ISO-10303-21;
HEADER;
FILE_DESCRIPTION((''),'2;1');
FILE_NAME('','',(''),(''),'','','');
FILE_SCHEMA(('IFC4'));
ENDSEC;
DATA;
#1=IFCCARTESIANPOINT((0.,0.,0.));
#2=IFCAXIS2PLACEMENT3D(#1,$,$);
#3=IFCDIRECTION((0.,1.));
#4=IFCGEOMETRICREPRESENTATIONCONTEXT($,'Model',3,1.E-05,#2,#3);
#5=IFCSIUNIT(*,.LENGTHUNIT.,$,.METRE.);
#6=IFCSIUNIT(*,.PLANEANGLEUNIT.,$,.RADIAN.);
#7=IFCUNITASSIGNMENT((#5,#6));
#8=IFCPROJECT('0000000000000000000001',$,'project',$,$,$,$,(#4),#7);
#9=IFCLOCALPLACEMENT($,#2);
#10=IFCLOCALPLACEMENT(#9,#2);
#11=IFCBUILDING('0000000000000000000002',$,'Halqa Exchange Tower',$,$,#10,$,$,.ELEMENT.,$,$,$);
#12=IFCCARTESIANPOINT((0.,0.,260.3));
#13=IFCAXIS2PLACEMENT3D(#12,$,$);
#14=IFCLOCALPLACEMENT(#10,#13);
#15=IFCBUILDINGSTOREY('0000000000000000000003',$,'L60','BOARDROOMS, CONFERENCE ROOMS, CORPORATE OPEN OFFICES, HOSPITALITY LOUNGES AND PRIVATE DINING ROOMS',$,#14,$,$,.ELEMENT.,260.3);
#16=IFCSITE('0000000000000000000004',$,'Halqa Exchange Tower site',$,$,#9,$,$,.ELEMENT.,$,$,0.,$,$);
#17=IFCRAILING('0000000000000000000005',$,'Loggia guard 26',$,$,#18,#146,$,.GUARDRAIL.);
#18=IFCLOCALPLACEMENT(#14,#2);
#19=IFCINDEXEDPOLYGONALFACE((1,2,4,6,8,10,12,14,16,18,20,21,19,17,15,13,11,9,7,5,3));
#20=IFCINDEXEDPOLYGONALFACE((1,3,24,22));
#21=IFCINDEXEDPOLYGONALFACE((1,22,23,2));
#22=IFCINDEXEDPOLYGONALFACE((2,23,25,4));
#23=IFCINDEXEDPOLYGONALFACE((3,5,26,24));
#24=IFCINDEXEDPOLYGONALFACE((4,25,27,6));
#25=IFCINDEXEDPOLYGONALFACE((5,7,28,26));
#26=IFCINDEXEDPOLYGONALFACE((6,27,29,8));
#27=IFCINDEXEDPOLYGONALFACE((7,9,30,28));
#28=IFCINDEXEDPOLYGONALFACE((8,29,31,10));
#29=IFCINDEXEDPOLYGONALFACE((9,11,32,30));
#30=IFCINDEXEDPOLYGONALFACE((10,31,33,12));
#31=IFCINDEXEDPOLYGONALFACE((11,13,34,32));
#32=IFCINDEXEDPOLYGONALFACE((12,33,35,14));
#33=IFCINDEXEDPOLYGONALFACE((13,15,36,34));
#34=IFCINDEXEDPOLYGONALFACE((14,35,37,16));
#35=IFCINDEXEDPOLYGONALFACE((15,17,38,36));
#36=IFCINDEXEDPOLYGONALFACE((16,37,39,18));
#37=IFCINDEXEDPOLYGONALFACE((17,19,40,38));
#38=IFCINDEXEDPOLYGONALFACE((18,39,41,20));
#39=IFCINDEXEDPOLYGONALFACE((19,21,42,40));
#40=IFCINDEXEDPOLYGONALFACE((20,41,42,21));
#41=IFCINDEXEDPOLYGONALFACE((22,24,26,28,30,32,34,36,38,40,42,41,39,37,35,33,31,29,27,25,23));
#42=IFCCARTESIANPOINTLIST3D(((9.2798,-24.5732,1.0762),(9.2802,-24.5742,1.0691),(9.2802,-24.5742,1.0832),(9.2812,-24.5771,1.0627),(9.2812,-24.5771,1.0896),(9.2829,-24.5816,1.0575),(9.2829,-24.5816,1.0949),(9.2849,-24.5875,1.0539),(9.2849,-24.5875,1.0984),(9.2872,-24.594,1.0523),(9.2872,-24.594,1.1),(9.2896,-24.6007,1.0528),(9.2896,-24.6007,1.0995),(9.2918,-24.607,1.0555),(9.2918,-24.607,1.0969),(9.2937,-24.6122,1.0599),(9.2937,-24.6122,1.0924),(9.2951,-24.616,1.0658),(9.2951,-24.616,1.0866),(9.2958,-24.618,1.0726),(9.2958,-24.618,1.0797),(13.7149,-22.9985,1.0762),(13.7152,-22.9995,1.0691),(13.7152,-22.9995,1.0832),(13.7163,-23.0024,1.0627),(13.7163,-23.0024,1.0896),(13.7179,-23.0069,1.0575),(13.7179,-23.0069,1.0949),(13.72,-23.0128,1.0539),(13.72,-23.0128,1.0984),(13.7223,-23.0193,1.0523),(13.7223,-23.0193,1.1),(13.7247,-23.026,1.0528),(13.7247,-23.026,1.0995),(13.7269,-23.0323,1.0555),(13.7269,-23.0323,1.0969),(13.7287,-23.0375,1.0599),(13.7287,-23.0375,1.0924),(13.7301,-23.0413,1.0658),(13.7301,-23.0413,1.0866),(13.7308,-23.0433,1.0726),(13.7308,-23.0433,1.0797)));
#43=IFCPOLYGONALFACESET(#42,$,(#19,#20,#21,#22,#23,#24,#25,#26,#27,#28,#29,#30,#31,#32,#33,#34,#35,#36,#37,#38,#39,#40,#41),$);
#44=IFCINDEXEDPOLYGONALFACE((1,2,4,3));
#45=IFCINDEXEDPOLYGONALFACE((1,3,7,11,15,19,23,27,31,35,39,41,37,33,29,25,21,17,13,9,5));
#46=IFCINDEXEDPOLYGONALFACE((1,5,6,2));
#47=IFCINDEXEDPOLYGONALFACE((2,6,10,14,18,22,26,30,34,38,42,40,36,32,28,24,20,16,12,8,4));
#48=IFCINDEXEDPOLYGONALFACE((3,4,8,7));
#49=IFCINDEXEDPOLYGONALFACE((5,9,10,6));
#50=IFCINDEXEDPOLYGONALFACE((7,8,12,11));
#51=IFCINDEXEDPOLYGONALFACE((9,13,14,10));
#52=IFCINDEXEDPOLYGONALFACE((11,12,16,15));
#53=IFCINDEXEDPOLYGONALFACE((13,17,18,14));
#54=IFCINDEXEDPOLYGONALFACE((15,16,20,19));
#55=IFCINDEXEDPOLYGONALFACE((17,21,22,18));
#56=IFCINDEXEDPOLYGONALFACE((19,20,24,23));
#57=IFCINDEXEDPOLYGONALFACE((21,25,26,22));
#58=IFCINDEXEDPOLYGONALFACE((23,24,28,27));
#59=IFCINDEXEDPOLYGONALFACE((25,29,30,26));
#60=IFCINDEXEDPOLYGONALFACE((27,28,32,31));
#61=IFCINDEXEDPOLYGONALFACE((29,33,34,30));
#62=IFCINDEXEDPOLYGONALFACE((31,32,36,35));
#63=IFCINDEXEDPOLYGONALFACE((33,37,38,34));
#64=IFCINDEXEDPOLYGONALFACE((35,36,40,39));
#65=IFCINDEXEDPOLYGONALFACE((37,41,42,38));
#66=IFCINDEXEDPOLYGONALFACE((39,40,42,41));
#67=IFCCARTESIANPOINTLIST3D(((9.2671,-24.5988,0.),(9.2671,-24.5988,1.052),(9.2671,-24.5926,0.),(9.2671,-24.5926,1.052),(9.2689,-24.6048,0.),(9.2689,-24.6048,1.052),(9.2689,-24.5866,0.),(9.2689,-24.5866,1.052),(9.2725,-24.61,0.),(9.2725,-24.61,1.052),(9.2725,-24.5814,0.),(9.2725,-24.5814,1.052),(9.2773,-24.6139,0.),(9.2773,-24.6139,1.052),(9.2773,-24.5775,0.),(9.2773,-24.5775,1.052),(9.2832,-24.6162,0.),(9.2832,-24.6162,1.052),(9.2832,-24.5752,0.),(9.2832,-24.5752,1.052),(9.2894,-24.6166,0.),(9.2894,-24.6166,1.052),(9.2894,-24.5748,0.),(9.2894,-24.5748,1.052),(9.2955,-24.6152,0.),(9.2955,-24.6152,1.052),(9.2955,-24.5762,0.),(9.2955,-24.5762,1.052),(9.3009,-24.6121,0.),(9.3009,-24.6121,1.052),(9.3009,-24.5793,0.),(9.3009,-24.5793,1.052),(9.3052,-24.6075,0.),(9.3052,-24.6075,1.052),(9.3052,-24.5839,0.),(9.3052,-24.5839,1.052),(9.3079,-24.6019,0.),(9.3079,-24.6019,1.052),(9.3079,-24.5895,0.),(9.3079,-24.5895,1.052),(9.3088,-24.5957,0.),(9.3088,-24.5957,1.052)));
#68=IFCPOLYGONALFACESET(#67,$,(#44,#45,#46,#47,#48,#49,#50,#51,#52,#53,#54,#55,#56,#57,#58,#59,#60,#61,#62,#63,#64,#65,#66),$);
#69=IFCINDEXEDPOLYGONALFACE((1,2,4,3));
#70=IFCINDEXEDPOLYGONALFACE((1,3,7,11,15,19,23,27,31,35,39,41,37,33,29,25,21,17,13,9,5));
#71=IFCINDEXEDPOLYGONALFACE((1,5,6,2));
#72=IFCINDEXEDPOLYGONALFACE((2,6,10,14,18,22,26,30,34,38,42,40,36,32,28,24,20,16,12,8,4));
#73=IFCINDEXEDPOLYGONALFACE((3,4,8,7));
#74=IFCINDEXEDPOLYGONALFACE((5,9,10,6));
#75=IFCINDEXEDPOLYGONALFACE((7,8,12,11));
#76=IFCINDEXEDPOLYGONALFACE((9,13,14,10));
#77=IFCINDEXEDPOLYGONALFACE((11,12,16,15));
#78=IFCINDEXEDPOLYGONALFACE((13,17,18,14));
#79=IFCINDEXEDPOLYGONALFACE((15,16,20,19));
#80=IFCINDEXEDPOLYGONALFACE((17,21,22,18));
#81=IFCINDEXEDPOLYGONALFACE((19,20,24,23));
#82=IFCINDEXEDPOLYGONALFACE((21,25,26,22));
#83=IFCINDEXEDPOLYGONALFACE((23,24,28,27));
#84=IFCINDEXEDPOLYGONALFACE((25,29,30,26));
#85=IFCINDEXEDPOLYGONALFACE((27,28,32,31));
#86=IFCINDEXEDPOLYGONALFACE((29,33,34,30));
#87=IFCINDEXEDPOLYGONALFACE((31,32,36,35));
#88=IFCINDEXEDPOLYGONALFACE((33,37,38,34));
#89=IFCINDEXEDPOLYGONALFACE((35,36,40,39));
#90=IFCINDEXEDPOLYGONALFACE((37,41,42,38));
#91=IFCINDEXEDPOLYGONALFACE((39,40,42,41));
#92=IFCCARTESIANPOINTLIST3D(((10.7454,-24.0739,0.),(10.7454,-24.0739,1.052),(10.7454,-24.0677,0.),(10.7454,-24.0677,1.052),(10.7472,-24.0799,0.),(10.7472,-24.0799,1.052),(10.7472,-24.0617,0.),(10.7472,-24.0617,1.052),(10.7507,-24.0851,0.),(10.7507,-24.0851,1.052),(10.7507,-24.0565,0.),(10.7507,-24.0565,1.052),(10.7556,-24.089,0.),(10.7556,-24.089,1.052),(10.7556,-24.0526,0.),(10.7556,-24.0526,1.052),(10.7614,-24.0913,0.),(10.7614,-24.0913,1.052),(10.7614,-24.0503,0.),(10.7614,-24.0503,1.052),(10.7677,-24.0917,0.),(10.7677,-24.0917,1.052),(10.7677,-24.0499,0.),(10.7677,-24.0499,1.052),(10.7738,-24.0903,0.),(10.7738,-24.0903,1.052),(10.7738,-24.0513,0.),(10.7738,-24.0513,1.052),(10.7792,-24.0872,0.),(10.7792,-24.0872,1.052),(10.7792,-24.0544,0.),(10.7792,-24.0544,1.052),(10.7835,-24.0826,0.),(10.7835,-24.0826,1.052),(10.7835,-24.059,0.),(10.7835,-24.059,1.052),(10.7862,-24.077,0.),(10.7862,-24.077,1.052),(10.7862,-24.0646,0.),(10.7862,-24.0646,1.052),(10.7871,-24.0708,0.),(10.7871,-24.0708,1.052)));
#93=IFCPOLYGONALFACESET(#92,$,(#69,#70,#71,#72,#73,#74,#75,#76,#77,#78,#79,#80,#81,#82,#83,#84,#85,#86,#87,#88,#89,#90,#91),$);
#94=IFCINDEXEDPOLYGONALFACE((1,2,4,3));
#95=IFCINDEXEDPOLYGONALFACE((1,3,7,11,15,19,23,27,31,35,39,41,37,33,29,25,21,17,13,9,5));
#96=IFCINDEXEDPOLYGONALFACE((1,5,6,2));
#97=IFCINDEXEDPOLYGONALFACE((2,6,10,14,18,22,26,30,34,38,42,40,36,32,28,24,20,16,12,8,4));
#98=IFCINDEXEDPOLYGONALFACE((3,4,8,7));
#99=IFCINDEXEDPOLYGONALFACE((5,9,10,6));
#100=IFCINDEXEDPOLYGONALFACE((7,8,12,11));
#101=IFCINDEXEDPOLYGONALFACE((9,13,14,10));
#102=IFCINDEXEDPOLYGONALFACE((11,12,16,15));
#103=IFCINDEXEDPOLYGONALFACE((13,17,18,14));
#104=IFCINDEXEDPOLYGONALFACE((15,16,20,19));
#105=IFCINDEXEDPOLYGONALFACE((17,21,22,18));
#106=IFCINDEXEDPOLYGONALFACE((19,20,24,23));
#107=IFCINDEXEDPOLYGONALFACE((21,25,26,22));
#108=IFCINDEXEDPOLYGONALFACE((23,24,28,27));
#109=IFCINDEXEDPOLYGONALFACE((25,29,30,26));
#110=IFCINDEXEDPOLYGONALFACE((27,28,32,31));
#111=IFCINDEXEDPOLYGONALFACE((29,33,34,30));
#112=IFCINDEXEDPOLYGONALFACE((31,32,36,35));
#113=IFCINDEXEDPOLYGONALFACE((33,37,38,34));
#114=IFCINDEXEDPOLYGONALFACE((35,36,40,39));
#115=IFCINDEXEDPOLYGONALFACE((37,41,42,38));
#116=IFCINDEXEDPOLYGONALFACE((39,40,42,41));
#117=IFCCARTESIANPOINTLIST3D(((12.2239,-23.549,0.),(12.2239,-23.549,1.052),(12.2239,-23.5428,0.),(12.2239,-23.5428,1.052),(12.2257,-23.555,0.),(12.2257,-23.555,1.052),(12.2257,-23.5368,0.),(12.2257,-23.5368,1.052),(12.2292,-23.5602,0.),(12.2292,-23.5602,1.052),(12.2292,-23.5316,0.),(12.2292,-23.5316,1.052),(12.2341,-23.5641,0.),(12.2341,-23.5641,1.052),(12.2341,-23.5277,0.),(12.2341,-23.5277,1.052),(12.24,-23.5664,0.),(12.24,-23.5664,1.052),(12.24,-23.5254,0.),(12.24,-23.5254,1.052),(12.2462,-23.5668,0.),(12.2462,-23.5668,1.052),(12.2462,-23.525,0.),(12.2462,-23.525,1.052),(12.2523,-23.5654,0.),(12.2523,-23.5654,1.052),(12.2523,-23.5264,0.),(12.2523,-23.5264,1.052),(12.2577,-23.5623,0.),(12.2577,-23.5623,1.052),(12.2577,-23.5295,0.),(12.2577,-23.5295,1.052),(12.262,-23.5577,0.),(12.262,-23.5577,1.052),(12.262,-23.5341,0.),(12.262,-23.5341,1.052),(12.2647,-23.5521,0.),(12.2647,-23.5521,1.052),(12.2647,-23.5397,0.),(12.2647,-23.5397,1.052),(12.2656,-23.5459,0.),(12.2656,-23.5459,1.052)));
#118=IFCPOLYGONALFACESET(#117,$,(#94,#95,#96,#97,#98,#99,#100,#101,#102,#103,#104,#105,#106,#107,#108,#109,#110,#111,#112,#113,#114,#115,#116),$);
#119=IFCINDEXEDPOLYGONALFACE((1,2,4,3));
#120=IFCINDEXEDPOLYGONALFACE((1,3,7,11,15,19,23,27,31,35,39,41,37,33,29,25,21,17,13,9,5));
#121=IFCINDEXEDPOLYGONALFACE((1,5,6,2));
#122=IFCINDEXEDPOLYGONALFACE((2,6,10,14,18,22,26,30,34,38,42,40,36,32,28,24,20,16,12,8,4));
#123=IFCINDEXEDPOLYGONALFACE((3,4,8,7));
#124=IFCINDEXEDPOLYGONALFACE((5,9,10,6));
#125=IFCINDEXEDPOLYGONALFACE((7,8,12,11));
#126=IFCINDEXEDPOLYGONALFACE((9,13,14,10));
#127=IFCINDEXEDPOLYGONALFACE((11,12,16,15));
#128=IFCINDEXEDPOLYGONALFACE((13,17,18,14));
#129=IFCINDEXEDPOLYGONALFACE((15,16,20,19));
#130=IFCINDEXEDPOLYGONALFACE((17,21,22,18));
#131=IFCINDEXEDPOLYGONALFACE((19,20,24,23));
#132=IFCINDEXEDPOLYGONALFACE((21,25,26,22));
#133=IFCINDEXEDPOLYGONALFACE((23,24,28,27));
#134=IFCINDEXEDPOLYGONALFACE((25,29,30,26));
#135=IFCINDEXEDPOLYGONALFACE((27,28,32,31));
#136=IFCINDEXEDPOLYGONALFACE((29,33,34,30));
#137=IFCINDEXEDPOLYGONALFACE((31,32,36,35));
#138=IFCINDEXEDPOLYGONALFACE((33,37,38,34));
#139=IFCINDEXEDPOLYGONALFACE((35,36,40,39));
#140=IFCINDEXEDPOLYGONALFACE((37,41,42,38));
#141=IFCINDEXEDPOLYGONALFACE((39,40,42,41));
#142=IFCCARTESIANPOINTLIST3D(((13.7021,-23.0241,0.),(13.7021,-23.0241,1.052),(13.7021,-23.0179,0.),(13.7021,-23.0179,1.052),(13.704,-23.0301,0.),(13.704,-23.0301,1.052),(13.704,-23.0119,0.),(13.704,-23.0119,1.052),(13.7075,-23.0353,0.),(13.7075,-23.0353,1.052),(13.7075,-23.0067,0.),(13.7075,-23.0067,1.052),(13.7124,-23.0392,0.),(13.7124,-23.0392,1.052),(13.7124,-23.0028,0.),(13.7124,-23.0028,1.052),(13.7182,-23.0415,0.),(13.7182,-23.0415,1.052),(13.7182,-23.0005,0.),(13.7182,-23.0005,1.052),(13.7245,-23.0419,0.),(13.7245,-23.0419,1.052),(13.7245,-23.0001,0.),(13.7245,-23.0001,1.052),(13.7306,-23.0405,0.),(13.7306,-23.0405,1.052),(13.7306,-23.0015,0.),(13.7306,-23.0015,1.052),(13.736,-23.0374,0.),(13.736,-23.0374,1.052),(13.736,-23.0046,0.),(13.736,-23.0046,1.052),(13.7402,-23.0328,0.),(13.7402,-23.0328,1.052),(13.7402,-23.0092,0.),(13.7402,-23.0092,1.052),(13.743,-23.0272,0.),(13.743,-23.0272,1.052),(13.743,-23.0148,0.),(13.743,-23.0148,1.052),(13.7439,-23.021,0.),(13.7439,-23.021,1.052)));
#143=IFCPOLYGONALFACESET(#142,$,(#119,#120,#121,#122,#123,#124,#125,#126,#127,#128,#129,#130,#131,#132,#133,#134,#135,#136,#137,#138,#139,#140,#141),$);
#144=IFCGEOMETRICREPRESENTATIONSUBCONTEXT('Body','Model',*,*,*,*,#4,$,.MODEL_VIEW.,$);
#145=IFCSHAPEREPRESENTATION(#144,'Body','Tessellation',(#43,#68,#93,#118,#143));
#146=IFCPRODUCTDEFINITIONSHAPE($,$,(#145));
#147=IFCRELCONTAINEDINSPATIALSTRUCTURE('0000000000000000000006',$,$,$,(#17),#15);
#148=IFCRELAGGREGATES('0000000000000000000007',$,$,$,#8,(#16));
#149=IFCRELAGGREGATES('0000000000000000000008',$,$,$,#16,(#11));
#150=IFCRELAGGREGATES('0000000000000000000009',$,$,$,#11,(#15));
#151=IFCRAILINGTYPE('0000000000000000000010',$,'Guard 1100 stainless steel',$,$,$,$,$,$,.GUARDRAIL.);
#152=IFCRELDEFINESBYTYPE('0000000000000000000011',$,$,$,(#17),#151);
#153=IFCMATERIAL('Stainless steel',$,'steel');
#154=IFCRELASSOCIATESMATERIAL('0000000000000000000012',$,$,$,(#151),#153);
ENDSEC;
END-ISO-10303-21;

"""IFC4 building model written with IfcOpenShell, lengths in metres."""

from ifc_helpers import new_model, si_unit, direction, frame, origin, origin_2d, place, context, subcontext, project, spatial, circle, extrude, material, type_object, element, save


model = new_model("IFC4")

# Units and contexts
model_context = context("Model", 3, precision=1e-05, world=origin(), true_north=direction((0.0, 1.0)))
body_context = subcontext(model_context, "Body", "Model", "MODEL_VIEW")
ifc_project = project(units=[si_unit("LENGTHUNIT", "METRE"), si_unit("PLANEANGLEUNIT", "RADIAN")], contexts=[model_context])

# Site, building, storey
site_placement = place(None, origin())
site = spatial("IfcSite", under=ifc_project, at=site_placement, Name="Halqa Exchange Tower site", CompositionType="ELEMENT", RefElevation=0.0)
building_placement = place(site_placement, origin())
building = spatial("IfcBuilding", under=site, at=building_placement, Name="Halqa Exchange Tower", CompositionType="ELEMENT")
storey_placement = place(building_placement, frame((0.0, 0.0, 260.3)))
storey = spatial("IfcBuildingStorey", under=building, at=storey_placement, Name="L60", Description="BOARDROOMS, CONFERENCE ROOMS, CORPORATE OPEN OFFICES, HOSPITALITY LOUNGES AND PRIVATE DINING ROOMS", CompositionType="ELEMENT", Elevation=260.3)

# Railing
ifc_material_1 = material(Name="Stainless steel", Category="steel")
railing_type = type_object("IfcRailingType", Name="Guard 1100 stainless steel", PredefinedType="GUARDRAIL", material=ifc_material_1)
railing_1_placement = place(storey_placement, frame((9.2878, -24.5957, 0.0)))
element("IfcRailing", 1, at=railing_1_placement, inside=storey, type_object=railing_type, Name="Loggia guard 26", PredefinedType="GUARDRAIL", context=body_context, shape_type="SweptSolid", body=[
    extrude(circle(Radius=0.0239, at=origin_2d()), frame((0.0, 0.0, 1.0762), z_axis=(0.942362, 0.334594, 0.0), x_axis=(-0.334594, 0.942362, 0.0)), (0.0, 0.0, 1.0), 4.7063),
    extrude(circle(Radius=0.021, at=origin_2d()), origin(), (0.0, 0.0, 1.0), 1.052),
    extrude(circle(Radius=0.021, at=origin_2d()), frame((1.4783, 0.5249, 0.0)), (0.0, 0.0, 1.0), 1.052),
    extrude(circle(Radius=0.021, at=origin_2d()), frame((2.9568, 1.0498, 0.0)), (0.0, 0.0, 1.0), 1.052),
    extrude(circle(Radius=0.021, at=origin_2d()), frame((4.4351, 1.5747, 0.0)), (0.0, 0.0, 1.0), 1.052),
])

save(model, "model.ifc")
